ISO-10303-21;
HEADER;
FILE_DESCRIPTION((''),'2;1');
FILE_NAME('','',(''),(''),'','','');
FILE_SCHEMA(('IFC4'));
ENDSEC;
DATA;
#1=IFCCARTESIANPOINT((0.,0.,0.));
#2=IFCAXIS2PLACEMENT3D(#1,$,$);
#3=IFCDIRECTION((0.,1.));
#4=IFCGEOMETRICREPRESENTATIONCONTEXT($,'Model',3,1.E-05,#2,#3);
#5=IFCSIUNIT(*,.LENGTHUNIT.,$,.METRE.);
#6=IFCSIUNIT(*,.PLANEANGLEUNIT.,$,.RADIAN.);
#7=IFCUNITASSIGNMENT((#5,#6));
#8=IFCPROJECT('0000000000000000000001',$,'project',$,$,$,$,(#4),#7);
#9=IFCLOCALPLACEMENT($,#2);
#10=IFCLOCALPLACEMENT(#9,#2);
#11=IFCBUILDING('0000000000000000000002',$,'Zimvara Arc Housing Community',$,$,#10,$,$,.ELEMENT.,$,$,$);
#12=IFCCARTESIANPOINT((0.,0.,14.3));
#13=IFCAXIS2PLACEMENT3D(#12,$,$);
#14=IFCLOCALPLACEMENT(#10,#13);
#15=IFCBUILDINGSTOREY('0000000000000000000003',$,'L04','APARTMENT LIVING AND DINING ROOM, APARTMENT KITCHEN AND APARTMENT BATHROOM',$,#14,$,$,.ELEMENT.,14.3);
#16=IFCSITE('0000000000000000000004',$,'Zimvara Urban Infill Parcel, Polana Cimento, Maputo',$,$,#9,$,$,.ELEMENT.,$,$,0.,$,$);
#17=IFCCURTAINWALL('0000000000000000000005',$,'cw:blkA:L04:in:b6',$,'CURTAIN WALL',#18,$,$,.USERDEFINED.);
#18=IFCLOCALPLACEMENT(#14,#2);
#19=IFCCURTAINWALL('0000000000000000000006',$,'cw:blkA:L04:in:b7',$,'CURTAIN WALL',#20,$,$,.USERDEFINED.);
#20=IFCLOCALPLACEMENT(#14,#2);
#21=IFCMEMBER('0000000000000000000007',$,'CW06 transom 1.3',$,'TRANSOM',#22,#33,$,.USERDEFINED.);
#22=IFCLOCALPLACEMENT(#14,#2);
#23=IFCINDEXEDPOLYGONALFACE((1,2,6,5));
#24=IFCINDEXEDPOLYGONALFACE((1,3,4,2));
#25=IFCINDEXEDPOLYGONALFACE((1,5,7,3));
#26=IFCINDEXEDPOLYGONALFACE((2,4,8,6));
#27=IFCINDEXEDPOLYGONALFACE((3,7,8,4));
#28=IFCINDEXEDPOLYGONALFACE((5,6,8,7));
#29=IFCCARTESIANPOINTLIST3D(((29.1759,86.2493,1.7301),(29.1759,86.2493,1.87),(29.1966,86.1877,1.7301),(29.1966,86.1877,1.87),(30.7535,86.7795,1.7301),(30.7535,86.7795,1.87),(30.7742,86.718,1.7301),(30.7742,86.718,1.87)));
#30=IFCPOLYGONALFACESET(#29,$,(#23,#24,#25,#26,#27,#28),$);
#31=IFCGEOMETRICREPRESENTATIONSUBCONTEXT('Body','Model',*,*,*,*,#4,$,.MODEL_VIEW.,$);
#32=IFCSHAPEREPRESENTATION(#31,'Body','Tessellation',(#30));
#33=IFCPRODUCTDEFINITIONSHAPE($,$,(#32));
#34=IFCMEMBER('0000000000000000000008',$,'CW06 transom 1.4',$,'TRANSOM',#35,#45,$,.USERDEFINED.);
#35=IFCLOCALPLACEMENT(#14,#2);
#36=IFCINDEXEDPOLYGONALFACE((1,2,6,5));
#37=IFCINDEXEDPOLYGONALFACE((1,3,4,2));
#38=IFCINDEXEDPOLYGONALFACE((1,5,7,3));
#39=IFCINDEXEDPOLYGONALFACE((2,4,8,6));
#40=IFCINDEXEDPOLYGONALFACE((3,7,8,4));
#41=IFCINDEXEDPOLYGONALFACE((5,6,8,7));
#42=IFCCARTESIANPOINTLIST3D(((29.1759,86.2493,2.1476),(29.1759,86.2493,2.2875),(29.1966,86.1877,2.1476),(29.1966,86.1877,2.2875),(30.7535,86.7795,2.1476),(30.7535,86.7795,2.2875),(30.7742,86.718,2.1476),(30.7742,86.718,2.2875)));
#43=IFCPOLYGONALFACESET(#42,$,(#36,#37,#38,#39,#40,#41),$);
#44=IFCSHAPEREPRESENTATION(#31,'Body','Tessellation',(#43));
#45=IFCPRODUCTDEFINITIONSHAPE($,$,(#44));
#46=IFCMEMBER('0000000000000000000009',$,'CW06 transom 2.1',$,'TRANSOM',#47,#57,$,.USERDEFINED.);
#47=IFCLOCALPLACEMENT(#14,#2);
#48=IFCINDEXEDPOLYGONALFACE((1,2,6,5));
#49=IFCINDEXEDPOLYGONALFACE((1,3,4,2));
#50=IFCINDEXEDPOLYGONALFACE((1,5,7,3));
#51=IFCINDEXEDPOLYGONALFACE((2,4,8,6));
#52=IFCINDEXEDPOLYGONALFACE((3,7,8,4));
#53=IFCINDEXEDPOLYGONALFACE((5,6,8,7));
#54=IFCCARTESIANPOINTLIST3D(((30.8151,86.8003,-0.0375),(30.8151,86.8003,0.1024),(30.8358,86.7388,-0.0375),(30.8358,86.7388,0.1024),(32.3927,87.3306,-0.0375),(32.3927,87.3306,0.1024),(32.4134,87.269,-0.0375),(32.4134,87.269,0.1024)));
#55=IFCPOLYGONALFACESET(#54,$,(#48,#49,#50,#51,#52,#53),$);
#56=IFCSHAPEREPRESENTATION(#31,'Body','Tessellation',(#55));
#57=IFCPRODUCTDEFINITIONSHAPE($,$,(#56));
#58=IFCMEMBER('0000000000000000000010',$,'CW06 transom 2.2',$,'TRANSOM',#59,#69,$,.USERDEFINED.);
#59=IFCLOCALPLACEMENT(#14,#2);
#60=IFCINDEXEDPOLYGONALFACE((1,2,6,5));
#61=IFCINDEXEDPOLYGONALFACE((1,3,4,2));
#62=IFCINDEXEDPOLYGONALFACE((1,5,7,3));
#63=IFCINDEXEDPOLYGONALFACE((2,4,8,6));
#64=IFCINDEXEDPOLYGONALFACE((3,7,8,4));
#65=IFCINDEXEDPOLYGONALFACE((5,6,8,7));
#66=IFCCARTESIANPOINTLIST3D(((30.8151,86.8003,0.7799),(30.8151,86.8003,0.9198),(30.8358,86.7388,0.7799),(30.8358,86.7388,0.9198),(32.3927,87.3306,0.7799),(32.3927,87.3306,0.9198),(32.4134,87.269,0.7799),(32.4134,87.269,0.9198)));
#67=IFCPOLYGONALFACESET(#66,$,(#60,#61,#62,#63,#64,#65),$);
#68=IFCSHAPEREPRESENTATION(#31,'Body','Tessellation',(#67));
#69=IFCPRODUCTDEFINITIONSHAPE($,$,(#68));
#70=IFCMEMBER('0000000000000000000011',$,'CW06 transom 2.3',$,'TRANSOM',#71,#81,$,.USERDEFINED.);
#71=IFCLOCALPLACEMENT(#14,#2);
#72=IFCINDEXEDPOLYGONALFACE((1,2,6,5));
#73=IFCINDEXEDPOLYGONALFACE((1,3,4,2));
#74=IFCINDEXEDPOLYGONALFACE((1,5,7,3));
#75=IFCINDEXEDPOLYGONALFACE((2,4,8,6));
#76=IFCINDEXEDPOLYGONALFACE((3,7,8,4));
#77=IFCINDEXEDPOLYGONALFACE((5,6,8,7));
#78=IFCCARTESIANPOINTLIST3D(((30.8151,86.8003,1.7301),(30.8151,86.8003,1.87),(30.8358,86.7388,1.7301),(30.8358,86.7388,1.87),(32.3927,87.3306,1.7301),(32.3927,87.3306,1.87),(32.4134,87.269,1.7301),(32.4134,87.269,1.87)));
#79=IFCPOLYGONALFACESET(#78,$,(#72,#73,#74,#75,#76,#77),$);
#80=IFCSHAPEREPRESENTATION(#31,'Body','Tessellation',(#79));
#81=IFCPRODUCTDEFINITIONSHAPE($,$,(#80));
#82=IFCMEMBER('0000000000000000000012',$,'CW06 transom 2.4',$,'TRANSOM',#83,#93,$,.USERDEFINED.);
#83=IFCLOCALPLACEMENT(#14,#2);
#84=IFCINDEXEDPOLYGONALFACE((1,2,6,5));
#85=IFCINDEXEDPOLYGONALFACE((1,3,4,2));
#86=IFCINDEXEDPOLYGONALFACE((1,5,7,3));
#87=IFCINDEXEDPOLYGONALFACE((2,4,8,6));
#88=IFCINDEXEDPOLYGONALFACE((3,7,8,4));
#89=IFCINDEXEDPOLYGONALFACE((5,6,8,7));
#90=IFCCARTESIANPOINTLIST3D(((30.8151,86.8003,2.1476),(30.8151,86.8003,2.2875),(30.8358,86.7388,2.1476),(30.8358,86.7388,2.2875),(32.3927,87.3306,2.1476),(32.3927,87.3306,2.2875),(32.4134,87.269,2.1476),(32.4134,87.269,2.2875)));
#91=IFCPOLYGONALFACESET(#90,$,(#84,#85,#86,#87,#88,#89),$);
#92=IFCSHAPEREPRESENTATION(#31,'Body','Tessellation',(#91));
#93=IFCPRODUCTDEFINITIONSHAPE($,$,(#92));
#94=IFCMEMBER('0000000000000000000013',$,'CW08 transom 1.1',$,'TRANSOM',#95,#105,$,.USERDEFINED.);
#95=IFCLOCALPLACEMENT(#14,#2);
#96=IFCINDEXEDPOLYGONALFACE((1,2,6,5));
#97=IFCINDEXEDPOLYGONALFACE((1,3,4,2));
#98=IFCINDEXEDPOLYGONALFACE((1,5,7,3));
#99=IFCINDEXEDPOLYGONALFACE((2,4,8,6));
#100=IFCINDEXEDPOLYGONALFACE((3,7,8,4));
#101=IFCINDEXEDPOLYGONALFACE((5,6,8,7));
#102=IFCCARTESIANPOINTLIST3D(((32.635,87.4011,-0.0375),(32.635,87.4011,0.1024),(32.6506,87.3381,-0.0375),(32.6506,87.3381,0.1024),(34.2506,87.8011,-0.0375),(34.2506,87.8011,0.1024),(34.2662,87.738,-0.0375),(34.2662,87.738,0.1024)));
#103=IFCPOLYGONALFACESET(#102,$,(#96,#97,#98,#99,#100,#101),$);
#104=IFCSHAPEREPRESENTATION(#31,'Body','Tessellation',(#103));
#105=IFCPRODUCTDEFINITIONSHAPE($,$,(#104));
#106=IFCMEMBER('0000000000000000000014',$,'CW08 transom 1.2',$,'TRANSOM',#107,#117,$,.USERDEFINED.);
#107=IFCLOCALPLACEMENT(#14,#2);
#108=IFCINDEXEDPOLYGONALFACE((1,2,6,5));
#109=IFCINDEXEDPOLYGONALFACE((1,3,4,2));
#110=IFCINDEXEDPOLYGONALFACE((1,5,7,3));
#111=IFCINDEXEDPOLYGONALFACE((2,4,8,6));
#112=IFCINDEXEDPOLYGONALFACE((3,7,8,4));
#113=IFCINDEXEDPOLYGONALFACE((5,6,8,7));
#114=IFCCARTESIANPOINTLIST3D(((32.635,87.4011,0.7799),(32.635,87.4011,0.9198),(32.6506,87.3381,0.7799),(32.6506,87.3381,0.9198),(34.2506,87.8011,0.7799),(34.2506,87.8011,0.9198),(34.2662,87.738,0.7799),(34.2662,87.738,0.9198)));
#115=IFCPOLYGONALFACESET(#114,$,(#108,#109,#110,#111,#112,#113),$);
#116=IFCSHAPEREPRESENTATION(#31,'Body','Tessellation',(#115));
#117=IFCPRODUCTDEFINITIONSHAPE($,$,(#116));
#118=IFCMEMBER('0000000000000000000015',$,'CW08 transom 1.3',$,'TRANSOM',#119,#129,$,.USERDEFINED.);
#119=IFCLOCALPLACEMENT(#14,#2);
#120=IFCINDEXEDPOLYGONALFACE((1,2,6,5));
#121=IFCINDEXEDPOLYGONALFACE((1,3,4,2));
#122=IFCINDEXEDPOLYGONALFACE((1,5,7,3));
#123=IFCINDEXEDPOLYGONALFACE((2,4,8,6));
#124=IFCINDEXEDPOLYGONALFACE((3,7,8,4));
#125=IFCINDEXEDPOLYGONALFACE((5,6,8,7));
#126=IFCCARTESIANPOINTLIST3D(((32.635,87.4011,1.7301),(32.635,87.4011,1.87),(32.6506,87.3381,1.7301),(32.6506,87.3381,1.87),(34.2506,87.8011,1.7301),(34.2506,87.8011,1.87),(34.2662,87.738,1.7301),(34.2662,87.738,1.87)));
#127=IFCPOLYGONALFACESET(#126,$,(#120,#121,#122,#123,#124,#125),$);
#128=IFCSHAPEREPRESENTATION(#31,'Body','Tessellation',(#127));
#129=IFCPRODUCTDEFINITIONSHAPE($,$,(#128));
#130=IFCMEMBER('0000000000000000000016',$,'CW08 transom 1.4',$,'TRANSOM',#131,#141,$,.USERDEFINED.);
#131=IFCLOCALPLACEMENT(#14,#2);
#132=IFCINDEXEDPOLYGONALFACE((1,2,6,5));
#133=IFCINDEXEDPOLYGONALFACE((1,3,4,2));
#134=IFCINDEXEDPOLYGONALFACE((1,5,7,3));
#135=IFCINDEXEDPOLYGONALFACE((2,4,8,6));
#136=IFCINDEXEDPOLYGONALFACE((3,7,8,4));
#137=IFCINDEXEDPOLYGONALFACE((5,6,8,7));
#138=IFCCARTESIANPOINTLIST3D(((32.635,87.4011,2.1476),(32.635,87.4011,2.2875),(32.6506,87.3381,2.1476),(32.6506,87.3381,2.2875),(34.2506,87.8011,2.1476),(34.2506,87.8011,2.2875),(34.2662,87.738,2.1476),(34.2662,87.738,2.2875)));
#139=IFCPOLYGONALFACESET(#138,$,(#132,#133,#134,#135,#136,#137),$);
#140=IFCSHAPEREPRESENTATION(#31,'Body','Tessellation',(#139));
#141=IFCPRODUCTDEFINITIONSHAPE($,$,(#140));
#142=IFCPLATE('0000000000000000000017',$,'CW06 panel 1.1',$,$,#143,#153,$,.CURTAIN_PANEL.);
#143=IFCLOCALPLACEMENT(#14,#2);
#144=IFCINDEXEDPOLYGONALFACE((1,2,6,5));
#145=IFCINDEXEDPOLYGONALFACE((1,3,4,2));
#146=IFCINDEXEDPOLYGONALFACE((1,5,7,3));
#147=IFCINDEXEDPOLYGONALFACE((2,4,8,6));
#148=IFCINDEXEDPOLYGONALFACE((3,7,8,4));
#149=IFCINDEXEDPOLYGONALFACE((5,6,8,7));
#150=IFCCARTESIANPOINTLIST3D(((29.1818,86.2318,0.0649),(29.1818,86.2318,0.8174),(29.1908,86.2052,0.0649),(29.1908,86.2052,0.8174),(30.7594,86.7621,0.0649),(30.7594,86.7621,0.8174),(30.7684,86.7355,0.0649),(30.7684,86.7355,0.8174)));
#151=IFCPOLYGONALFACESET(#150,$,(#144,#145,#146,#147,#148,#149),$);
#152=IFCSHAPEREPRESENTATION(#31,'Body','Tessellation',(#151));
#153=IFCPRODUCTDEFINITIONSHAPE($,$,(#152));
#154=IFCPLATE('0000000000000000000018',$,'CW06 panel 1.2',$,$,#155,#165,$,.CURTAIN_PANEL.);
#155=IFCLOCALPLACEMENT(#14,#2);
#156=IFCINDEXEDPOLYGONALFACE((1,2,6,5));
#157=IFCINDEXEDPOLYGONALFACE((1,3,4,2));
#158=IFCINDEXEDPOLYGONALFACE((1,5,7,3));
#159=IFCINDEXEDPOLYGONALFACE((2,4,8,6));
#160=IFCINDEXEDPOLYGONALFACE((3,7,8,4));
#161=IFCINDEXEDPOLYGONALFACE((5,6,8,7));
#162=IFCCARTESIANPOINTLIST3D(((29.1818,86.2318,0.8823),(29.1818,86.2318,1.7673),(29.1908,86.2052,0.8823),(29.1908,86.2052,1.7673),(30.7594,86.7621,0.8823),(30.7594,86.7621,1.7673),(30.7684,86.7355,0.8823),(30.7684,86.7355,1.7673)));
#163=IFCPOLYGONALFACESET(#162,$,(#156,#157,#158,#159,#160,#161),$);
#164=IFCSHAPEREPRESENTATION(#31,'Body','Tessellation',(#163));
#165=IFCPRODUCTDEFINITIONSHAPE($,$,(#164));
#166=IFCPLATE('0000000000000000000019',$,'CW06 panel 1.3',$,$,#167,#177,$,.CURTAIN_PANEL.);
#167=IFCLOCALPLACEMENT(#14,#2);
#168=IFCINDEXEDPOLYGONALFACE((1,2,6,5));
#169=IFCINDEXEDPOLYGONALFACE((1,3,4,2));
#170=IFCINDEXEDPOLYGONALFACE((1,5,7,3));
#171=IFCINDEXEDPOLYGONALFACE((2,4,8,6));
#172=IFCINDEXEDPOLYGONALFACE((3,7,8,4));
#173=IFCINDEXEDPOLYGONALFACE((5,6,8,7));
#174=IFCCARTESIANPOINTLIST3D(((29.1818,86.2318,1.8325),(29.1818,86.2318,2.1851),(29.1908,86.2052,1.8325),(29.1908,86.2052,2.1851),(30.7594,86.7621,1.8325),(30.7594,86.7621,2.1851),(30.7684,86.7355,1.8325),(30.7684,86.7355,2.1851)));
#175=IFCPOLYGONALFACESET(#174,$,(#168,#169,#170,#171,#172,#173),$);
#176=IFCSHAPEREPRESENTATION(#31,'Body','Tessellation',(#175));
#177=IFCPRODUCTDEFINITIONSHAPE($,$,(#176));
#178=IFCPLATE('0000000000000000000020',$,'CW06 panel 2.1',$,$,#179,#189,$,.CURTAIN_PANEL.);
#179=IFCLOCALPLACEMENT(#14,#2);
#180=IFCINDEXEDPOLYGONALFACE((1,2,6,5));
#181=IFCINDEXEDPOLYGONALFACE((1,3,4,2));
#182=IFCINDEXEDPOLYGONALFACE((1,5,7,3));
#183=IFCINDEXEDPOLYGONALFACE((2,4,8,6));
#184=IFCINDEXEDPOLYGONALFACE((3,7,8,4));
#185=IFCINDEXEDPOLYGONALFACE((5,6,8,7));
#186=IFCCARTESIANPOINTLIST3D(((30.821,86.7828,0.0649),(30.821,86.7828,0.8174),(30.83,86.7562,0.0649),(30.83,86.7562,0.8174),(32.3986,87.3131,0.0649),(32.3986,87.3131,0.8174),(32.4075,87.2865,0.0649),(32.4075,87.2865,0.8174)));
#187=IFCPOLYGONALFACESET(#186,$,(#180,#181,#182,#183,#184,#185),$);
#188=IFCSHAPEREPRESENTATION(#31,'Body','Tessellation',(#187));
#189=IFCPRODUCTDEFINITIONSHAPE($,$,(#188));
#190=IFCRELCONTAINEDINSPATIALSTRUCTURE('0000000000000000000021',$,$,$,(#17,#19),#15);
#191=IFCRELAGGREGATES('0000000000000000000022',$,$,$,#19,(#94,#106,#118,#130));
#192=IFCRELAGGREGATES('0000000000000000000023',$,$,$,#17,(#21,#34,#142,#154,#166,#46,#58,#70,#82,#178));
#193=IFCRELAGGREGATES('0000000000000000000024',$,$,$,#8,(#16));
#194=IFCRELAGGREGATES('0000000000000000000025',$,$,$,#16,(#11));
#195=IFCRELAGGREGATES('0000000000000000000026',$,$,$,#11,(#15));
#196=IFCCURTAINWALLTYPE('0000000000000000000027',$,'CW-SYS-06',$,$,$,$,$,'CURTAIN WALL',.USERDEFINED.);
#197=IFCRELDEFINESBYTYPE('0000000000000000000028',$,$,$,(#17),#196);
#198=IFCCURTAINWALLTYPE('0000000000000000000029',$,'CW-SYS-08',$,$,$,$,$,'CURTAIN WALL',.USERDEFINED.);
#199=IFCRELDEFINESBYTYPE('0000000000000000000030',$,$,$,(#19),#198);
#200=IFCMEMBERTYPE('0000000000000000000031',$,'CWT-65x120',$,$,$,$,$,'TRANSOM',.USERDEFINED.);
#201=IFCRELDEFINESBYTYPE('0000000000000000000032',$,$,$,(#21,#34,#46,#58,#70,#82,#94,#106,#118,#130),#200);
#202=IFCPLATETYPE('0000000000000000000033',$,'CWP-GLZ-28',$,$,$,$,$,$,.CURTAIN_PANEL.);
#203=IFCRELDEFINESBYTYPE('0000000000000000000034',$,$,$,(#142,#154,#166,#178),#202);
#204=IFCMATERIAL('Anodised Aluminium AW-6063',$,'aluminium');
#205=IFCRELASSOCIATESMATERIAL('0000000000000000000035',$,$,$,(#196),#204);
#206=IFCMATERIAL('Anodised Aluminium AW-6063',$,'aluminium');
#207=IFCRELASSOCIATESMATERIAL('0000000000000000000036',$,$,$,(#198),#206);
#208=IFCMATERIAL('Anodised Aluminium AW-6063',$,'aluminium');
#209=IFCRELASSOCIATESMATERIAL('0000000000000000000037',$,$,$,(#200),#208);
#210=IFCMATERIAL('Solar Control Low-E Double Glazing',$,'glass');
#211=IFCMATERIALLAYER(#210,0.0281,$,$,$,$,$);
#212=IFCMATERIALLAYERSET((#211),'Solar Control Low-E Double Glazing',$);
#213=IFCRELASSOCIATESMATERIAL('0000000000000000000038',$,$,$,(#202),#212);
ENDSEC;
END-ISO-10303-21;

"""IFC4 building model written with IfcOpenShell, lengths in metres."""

from ifc_helpers import new_model, si_unit, direction, frame, origin, origin_2d, place, context, subcontext, project, spatial, rectangle, extrude, material, layer, layer_set, material_profile, profile_set, type_object, element, aggregate, save


model = new_model("IFC4")

# Units and contexts
model_context = context("Model", 3, precision=1e-05, world=origin(), true_north=direction((0.0, 1.0)))
body_context = subcontext(model_context, "Body", "Model", "MODEL_VIEW")
ifc_project = project(units=[si_unit("LENGTHUNIT", "METRE"), si_unit("PLANEANGLEUNIT", "RADIAN")], contexts=[model_context])

# Site, building, storey
site_placement = place(None, origin())
site = spatial("IfcSite", under=ifc_project, at=site_placement, Name="Zimvara Urban Infill Parcel, Polana Cimento, Maputo", CompositionType="ELEMENT", RefElevation=0.0)
building_placement = place(site_placement, origin())
building = spatial("IfcBuilding", under=site, at=building_placement, Name="Zimvara Arc Housing Community", CompositionType="ELEMENT")
storey_placement = place(building_placement, frame((0.0, 0.0, 14.3)))
storey = spatial("IfcBuildingStorey", under=building, at=storey_placement, Name="L04", Description="APARTMENT LIVING AND DINING ROOM, APARTMENT KITCHEN AND APARTMENT BATHROOM", CompositionType="ELEMENT", Elevation=14.3)

# Curtain wall
ifc_material_1 = material(Name="Anodised Aluminium AW-6063", Category="aluminium")
curtain_wall_type_1 = type_object("IfcCurtainWallType", Name="CW-SYS-06", ElementType="CURTAIN WALL", PredefinedType="USERDEFINED", material=ifc_material_1)
curtain_wall_1_placement = place(storey_placement, origin())
curtain_wall_1 = element("IfcCurtainWall", 1, at=curtain_wall_1_placement, inside=storey, type_object=curtain_wall_type_1, Name="cw:blkA:L04:in:b6", ObjectType="CURTAIN WALL", PredefinedType="USERDEFINED")

# Curtain wall
ifc_material_2 = material(Name="Anodised Aluminium AW-6063", Category="aluminium")
curtain_wall_type_2 = type_object("IfcCurtainWallType", Name="CW-SYS-08", ElementType="CURTAIN WALL", PredefinedType="USERDEFINED", material=ifc_material_2)
curtain_wall_2_placement = place(storey_placement, origin())
curtain_wall_2 = element("IfcCurtainWall", 2, at=curtain_wall_2_placement, inside=storey, type_object=curtain_wall_type_2, Name="cw:blkA:L04:in:b7", ObjectType="CURTAIN WALL", PredefinedType="USERDEFINED")

# Members
ifc_material_3 = material(Name="Anodised Aluminium AW-6063", Category="aluminium")
ifc_material_profile_1 = material_profile(ifc_material_3, rectangle(XDim=0.0649, YDim=0.1399, at=origin_2d()), Name="ALU 65x140")
ifc_profile_set_1 = profile_set([ifc_material_profile_1], Name="Anodised Aluminium AW-6063")
member_type_1 = type_object("IfcMemberType", Name="CWT-65x120", ElementType="TRANSOM", PredefinedType="USERDEFINED", material=ifc_profile_set_1)
member_1_placement = place(storey_placement, frame((29.1863, 86.2185, 1.8), z_axis=(0.947888, 0.318603, 0.0), x_axis=(-0.318603, 0.947888, 0.0)))
member_1 = element("IfcMember", 3, at=member_1_placement, type_object=member_type_1, Name="CW06 transom 1.3", ObjectType="TRANSOM", PredefinedType="USERDEFINED", context=body_context, shape_type="SweptSolid", body=[
    extrude(rectangle(XDim=0.0649, YDim=0.1399, at=origin_2d()), origin(), (0.0, 0.0, 1.0), 1.6643),
])
member_2_placement = place(storey_placement, frame((29.1863, 86.2185, 2.2175), z_axis=(0.947888, 0.318603, 0.0), x_axis=(-0.318603, 0.947888, 0.0)))
member_2 = element("IfcMember", 4, at=member_2_placement, type_object=member_type_1, Name="CW06 transom 1.4", ObjectType="TRANSOM", PredefinedType="USERDEFINED", context=body_context, shape_type="SweptSolid", body=[
    extrude(rectangle(XDim=0.0649, YDim=0.1399, at=origin_2d()), origin(), (0.0, 0.0, 1.0), 1.6643),
])
member_3_placement = place(storey_placement, frame((30.8254, 86.7695, 0.0325), z_axis=(0.947888, 0.318603, 0.0), x_axis=(-0.318603, 0.947888, 0.0)))
member_3 = element("IfcMember", 5, at=member_3_placement, type_object=member_type_1, Name="CW06 transom 2.1", ObjectType="TRANSOM", PredefinedType="USERDEFINED", context=body_context, shape_type="SweptSolid", body=[
    extrude(rectangle(XDim=0.0649, YDim=0.1399, at=origin_2d()), origin(), (0.0, 0.0, 1.0), 1.6643),
])
member_4_placement = place(storey_placement, frame((30.8254, 86.7695, 0.8499), z_axis=(0.947888, 0.318603, 0.0), x_axis=(-0.318603, 0.947888, 0.0)))
member_4 = element("IfcMember", 6, at=member_4_placement, type_object=member_type_1, Name="CW06 transom 2.2", ObjectType="TRANSOM", PredefinedType="USERDEFINED", context=body_context, shape_type="SweptSolid", body=[
    extrude(rectangle(XDim=0.0649, YDim=0.1399, at=origin_2d()), origin(), (0.0, 0.0, 1.0), 1.6643),
])
member_5_placement = place(storey_placement, frame((30.8254, 86.7695, 1.8), z_axis=(0.947888, 0.318603, 0.0), x_axis=(-0.318603, 0.947888, 0.0)))
member_5 = element("IfcMember", 7, at=member_5_placement, type_object=member_type_1, Name="CW06 transom 2.3", ObjectType="TRANSOM", PredefinedType="USERDEFINED", context=body_context, shape_type="SweptSolid", body=[
    extrude(rectangle(XDim=0.0649, YDim=0.1399, at=origin_2d()), origin(), (0.0, 0.0, 1.0), 1.6643),
])
member_6_placement = place(storey_placement, frame((30.8254, 86.7695, 2.2175), z_axis=(0.947888, 0.318603, 0.0), x_axis=(-0.318603, 0.947888, 0.0)))
member_6 = element("IfcMember", 8, at=member_6_placement, type_object=member_type_1, Name="CW06 transom 2.4", ObjectType="TRANSOM", PredefinedType="USERDEFINED", context=body_context, shape_type="SweptSolid", body=[
    extrude(rectangle(XDim=0.0649, YDim=0.1399, at=origin_2d()), origin(), (0.0, 0.0, 1.0), 1.6643),
])
member_7_placement = place(storey_placement, frame((32.6428, 87.3696, 0.0325), z_axis=(0.970701, 0.240291, 0.0), x_axis=(-0.240291, 0.970701, 0.0)))
member_7 = element("IfcMember", 9, at=member_7_placement, type_object=member_type_1, Name="CW08 transom 1.1", ObjectType="TRANSOM", PredefinedType="USERDEFINED", context=body_context, shape_type="SweptSolid", body=[
    extrude(rectangle(XDim=0.0649, YDim=0.1399, at=origin_2d()), origin(), (0.0, 0.0, 1.0), 1.6643),
])
member_8_placement = place(storey_placement, frame((32.6428, 87.3696, 0.8499), z_axis=(0.970701, 0.240291, 0.0), x_axis=(-0.240291, 0.970701, 0.0)))
member_8 = element("IfcMember", 10, at=member_8_placement, type_object=member_type_1, Name="CW08 transom 1.2", ObjectType="TRANSOM", PredefinedType="USERDEFINED", context=body_context, shape_type="SweptSolid", body=[
    extrude(rectangle(XDim=0.0649, YDim=0.1399, at=origin_2d()), origin(), (0.0, 0.0, 1.0), 1.6643),
])
member_9_placement = place(storey_placement, frame((32.6428, 87.3696, 1.8), z_axis=(0.970701, 0.240291, 0.0), x_axis=(-0.240291, 0.970701, 0.0)))
member_9 = element("IfcMember", 11, at=member_9_placement, type_object=member_type_1, Name="CW08 transom 1.3", ObjectType="TRANSOM", PredefinedType="USERDEFINED", context=body_context, shape_type="SweptSolid", body=[
    extrude(rectangle(XDim=0.0649, YDim=0.1399, at=origin_2d()), origin(), (0.0, 0.0, 1.0), 1.6643),
])
member_10_placement = place(storey_placement, frame((32.6428, 87.3696, 2.2175), z_axis=(0.970701, 0.240291, 0.0), x_axis=(-0.240291, 0.970701, 0.0)))
member_10 = element("IfcMember", 12, at=member_10_placement, type_object=member_type_1, Name="CW08 transom 1.4", ObjectType="TRANSOM", PredefinedType="USERDEFINED", context=body_context, shape_type="SweptSolid", body=[
    extrude(rectangle(XDim=0.0649, YDim=0.1399, at=origin_2d()), origin(), (0.0, 0.0, 1.0), 1.6643),
])
aggregate(curtain_wall_2, [member_7, member_8, member_9, member_10])

# Plates
ifc_material_4 = material(Name="Solar Control Low-E Double Glazing", Category="glass")
ifc_layer = layer(ifc_material_4, 0.0281)
ifc_layer_set = layer_set([ifc_layer], Name="Solar Control Low-E Double Glazing")
plate_type = type_object("IfcPlateType", Name="CWP-GLZ-28", PredefinedType="CURTAIN_PANEL", material=ifc_layer_set)
plate_1_placement = place(storey_placement, frame((29.9751, 86.4836, 0.0649), z_axis=(0.0, 0.0, 1.0), x_axis=(0.947879, 0.31863, 0.0)))
plate_1 = element("IfcPlate", 13, at=plate_1_placement, type_object=plate_type, Name="CW06 panel 1.1", PredefinedType="CURTAIN_PANEL", context=body_context, shape_type="SweptSolid", body=[
    extrude(rectangle(XDim=1.6643, YDim=0.0281, at=origin_2d()), origin(), (0.0, 0.0, 1.0), 0.7524),
])
plate_2_placement = place(storey_placement, frame((29.9751, 86.4836, 0.8823), z_axis=(0.0, 0.0, 1.0), x_axis=(0.947879, 0.31863, 0.0)))
plate_2 = element("IfcPlate", 14, at=plate_2_placement, type_object=plate_type, Name="CW06 panel 1.2", PredefinedType="CURTAIN_PANEL", context=body_context, shape_type="SweptSolid", body=[
    extrude(rectangle(XDim=1.6643, YDim=0.0281, at=origin_2d()), origin(), (0.0, 0.0, 1.0), 0.885),
])
plate_3_placement = place(storey_placement, frame((29.9751, 86.4836, 1.8325), z_axis=(0.0, 0.0, 1.0), x_axis=(0.947879, 0.31863, 0.0)))
plate_3 = element("IfcPlate", 15, at=plate_3_placement, type_object=plate_type, Name="CW06 panel 1.3", PredefinedType="CURTAIN_PANEL", context=body_context, shape_type="SweptSolid", body=[
    extrude(rectangle(XDim=1.6643, YDim=0.0281, at=origin_2d()), origin(), (0.0, 0.0, 1.0), 0.3525),
])
plate_4_placement = place(storey_placement, frame((31.6143, 87.0347, 0.0649), z_axis=(0.0, 0.0, 1.0), x_axis=(0.947879, 0.31863, 0.0)))
plate_4 = element("IfcPlate", 16, at=plate_4_placement, type_object=plate_type, Name="CW06 panel 2.1", PredefinedType="CURTAIN_PANEL", context=body_context, shape_type="SweptSolid", body=[
    extrude(rectangle(XDim=1.6643, YDim=0.0281, at=origin_2d()), origin(), (0.0, 0.0, 1.0), 0.7524),
])
aggregate(curtain_wall_1, [member_1, member_2, plate_1, plate_2, plate_3, member_3, member_4, member_5, member_6, plate_4])

save(model, "model.ifc")
